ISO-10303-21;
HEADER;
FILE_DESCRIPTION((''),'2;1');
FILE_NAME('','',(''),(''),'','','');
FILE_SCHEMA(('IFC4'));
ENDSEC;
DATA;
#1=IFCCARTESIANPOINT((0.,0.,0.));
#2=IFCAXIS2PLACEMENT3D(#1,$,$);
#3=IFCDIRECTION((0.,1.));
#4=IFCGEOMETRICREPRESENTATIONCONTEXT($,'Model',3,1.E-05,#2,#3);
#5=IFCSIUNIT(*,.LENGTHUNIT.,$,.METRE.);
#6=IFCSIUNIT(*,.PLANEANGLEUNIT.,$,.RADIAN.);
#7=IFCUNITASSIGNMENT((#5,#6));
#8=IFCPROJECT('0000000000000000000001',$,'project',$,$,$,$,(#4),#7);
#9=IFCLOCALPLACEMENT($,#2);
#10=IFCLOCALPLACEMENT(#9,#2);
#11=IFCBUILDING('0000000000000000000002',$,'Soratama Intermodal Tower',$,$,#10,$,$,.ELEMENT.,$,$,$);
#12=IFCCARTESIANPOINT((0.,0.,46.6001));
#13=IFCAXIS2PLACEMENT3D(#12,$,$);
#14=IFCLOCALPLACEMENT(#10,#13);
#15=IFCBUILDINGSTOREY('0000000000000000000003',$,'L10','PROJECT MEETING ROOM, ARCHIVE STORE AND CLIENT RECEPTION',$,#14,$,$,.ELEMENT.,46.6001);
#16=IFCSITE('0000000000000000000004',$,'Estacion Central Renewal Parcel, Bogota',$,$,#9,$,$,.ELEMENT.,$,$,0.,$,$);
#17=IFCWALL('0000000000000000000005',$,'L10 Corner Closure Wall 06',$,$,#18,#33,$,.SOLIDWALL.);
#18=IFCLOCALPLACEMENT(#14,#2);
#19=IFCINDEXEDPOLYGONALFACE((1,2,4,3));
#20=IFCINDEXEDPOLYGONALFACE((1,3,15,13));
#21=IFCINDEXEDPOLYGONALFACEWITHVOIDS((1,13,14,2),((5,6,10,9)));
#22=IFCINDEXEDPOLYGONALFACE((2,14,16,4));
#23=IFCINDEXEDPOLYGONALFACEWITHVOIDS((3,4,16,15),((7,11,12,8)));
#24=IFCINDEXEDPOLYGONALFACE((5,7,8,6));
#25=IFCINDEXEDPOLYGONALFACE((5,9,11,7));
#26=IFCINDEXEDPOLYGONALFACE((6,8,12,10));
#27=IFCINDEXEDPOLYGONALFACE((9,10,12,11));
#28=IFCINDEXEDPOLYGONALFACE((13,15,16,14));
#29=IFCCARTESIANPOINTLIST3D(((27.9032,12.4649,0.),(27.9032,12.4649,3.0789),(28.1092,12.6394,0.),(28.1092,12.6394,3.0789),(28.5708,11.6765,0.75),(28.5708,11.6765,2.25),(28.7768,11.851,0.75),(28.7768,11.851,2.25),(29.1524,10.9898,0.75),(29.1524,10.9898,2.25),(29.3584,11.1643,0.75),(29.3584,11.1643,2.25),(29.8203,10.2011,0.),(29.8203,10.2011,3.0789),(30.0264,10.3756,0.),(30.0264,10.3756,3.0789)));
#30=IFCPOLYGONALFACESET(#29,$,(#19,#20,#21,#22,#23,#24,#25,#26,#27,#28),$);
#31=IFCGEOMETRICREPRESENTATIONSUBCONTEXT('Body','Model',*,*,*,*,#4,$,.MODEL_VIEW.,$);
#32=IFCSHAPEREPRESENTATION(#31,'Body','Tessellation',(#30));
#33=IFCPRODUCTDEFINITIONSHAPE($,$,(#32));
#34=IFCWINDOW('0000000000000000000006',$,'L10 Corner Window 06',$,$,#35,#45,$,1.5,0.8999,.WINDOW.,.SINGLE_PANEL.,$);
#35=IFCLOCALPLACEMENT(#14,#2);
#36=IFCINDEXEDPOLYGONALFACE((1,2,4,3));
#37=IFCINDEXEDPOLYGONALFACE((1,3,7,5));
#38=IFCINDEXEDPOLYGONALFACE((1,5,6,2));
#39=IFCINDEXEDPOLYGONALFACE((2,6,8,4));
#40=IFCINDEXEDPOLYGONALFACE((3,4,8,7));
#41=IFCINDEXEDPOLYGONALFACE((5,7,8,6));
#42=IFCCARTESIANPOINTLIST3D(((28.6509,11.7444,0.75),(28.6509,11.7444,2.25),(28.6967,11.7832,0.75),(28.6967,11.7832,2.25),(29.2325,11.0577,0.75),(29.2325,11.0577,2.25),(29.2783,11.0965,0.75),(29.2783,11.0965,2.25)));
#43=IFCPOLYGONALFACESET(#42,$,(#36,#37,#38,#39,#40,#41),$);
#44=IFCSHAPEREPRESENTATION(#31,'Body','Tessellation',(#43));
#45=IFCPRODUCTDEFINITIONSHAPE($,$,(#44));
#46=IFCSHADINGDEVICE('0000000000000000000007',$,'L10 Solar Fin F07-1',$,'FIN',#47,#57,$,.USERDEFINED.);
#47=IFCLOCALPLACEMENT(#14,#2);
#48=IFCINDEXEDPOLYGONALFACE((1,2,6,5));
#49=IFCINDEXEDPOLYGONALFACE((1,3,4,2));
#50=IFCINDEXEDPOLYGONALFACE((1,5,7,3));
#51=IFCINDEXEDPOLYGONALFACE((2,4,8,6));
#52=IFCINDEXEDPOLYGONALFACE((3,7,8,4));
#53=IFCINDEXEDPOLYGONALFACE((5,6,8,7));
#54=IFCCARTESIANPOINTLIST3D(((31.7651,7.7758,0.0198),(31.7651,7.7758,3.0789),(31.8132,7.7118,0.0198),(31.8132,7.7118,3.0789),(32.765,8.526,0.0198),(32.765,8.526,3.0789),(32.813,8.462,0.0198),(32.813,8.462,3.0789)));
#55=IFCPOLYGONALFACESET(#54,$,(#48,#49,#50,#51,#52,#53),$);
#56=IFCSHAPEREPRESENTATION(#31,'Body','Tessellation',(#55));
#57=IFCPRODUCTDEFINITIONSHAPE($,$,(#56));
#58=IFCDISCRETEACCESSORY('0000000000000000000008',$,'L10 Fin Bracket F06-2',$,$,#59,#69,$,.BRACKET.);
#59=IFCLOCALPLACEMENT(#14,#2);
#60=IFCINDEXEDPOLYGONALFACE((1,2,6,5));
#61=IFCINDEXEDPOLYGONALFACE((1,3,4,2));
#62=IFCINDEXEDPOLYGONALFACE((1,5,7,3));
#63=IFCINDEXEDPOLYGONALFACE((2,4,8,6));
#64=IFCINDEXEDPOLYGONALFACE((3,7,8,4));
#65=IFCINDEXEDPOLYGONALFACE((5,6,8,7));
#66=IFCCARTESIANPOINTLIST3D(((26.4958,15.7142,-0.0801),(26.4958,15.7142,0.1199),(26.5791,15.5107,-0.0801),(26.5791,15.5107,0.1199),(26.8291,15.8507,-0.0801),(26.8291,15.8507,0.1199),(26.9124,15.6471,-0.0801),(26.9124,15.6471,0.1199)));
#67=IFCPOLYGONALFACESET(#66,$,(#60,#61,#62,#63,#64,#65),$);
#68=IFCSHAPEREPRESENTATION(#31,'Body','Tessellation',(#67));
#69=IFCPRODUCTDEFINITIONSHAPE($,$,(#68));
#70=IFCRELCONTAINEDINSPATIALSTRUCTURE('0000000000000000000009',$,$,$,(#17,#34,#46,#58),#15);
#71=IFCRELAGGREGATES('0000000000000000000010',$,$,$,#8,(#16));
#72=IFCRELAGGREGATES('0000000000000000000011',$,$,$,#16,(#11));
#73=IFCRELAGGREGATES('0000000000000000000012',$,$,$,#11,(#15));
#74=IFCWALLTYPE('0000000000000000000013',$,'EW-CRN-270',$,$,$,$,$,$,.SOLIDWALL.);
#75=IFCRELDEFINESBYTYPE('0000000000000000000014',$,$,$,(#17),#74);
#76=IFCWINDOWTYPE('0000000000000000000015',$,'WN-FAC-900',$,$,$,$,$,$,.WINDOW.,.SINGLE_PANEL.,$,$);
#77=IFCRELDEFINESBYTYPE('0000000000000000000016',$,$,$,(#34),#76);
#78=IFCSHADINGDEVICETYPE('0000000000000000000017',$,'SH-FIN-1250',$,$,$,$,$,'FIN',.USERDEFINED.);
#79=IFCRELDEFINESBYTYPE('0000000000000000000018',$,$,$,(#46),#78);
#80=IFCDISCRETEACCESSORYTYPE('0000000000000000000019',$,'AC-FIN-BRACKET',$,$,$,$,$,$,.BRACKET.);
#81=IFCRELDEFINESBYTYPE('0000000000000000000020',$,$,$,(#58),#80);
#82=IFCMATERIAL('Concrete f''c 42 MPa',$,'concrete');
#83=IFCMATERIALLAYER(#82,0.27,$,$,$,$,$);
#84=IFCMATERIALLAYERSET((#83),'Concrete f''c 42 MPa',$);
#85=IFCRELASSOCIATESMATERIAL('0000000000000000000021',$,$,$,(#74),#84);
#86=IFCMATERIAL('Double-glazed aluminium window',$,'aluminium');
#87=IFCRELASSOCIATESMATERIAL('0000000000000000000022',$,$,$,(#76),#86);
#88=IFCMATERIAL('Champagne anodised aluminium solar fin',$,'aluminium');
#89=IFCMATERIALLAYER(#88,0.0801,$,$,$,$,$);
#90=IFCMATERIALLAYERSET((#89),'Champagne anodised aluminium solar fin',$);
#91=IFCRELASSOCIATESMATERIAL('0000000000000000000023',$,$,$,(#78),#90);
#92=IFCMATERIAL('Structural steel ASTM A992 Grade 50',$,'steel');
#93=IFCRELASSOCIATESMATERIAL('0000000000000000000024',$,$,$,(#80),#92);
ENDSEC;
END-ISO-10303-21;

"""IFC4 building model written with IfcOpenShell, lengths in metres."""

from ifc_helpers import new_model, si_unit, direction, frame, frame_2d, origin, origin_2d, place, context, subcontext, project, spatial, rectangle, extrude, material, layer, layer_set, type_object, element, fill, save


model = new_model("IFC4")

# Units and contexts
model_context = context("Model", 3, precision=1e-05, world=origin(), true_north=direction((0.0, 1.0)))
body_context = subcontext(model_context, "Body", "Model", "MODEL_VIEW")
ifc_project = project(units=[si_unit("LENGTHUNIT", "METRE"), si_unit("PLANEANGLEUNIT", "RADIAN")], contexts=[model_context])

# Site, building, storey
site_placement = place(None, origin())
site = spatial("IfcSite", under=ifc_project, at=site_placement, Name="Estacion Central Renewal Parcel, Bogota", CompositionType="ELEMENT", RefElevation=0.0)
building_placement = place(site_placement, origin())
building = spatial("IfcBuilding", under=site, at=building_placement, Name="Soratama Intermodal Tower", CompositionType="ELEMENT")
storey_placement = place(building_placement, frame((0.0, 0.0, 46.6001)))
storey = spatial("IfcBuildingStorey", under=building, at=storey_placement, Name="L10", Description="PROJECT MEETING ROOM, ARCHIVE STORE AND CLIENT RECEPTION", CompositionType="ELEMENT", Elevation=46.6001)

# Wall, opening, window
ifc_material_1 = material(Name="Concrete f'c 42 MPa", Category="concrete")
ifc_layer_1 = layer(ifc_material_1, 0.27)
ifc_layer_set_1 = layer_set([ifc_layer_1], Name="Concrete f'c 42 MPa")
wall_type_1 = type_object("IfcWallType", Name="EW-CRN-270", PredefinedType="SOLIDWALL", material=ifc_layer_set_1)
wall_1_placement = place(storey_placement, frame((28.0061, 12.5522, 0.0), z_axis=(0.0, 0.0, 1.0), x_axis=(0.646259, -0.763118, 0.0)))
wall_1 = element("IfcWall", 1, at=wall_1_placement, inside=storey, type_object=wall_type_1, Name="L10 Corner Closure Wall 06", PredefinedType="SOLIDWALL", context=body_context, shape_type="SweptSolid", body=[
    extrude(rectangle(XDim=2.9666, YDim=0.27, at=frame_2d((1.4834, 0.0))), origin(), (0.0, 0.0, 1.0), 3.0789),
])
opening_1_placement = place(wall_1_placement, frame((1.0332, 0.0, 0.75)))
opening_1 = element("IfcOpeningElement", 2, at=opening_1_placement, cuts=wall_1, PredefinedType="OPENING", context=body_context, shape_type="SweptSolid", body=[
    extrude(rectangle(XDim=0.8999, YDim=1.5, at=frame_2d((0.45, 0.75))), frame((0.0, 0.145, 0.0), z_axis=(0.0, -1.0, 0.0), x_axis=(1.0, 0.0, 0.0)), (0.0, 0.0, 1.0), 0.29),
])
ifc_material_2 = material(Name="Double-glazed aluminium window", Category="aluminium")
window_type = type_object("IfcWindowType", Name="WN-FAC-900", PartitioningType="SINGLE_PANEL", PredefinedType="WINDOW", material=ifc_material_2)
window_placement = place(opening_1_placement, origin())
window = element("IfcWindow", 3, at=window_placement, inside=storey, type_object=window_type, Name="L10 Corner Window 06", OverallHeight=1.5, OverallWidth=0.8999, PartitioningType="SINGLE_PANEL", PredefinedType="WINDOW", context=body_context, shape_type="SweptSolid", body=[
    extrude(rectangle(XDim=0.8999, YDim=1.5, at=frame_2d((0.45, 0.75))), frame((0.0, 0.03, 0.0), z_axis=(0.0, -1.0, 0.0), x_axis=(1.0, 0.0, 0.0)), (0.0, 0.0, 1.0), 0.0601),
])
fill(opening_1, window)

# Shading device
ifc_material_3 = material(Name="Champagne anodised aluminium solar fin", Category="aluminium")
ifc_layer_2 = layer(ifc_material_3, 0.0801)
ifc_layer_set_2 = layer_set([ifc_layer_2], Name="Champagne anodised aluminium solar fin")
shading_device_type = type_object("IfcShadingDeviceType", Name="SH-FIN-1250", ElementType="FIN", PredefinedType="USERDEFINED", material=ifc_layer_set_2)
shading_device_placement = place(storey_placement, frame((32.2891, 8.1189, 0.0198), z_axis=(0.0, 0.0, 1.0), x_axis=(-0.799894, -0.600141, 0.0)))
element("IfcShadingDevice", 4, at=shading_device_placement, inside=storey, type_object=shading_device_type, Name="L10 Solar Fin F07-1", ObjectType="FIN", PredefinedType="USERDEFINED", context=body_context, shape_type="SweptSolid", body=[
    extrude(rectangle(XDim=1.25, YDim=0.0801, at=origin_2d()), origin(), (0.0, 0.0, 1.0), 3.0591),
])

# Discrete accessory
ifc_material_4 = material(Name="Structural steel ASTM A992 Grade 50", Category="steel")
discrete_accessory_type = type_object("IfcDiscreteAccessoryType", Name="AC-FIN-BRACKET", PredefinedType="BRACKET", material=ifc_material_4)
discrete_accessory_placement = place(storey_placement, frame((26.7041, 15.6807, -0.0801), z_axis=(0.0, 0.0, 1.0), x_axis=(-0.925474, -0.37881, 0.0)))
element("IfcDiscreteAccessory", 5, at=discrete_accessory_placement, inside=storey, type_object=discrete_accessory_type, Name="L10 Fin Bracket F06-2", PredefinedType="BRACKET", context=body_context, shape_type="SweptSolid", body=[
    extrude(rectangle(XDim=0.3601, YDim=0.22, at=origin_2d()), origin(), (0.0, 0.0, 1.0), 0.2),
])

save(model, "model.ifc")
